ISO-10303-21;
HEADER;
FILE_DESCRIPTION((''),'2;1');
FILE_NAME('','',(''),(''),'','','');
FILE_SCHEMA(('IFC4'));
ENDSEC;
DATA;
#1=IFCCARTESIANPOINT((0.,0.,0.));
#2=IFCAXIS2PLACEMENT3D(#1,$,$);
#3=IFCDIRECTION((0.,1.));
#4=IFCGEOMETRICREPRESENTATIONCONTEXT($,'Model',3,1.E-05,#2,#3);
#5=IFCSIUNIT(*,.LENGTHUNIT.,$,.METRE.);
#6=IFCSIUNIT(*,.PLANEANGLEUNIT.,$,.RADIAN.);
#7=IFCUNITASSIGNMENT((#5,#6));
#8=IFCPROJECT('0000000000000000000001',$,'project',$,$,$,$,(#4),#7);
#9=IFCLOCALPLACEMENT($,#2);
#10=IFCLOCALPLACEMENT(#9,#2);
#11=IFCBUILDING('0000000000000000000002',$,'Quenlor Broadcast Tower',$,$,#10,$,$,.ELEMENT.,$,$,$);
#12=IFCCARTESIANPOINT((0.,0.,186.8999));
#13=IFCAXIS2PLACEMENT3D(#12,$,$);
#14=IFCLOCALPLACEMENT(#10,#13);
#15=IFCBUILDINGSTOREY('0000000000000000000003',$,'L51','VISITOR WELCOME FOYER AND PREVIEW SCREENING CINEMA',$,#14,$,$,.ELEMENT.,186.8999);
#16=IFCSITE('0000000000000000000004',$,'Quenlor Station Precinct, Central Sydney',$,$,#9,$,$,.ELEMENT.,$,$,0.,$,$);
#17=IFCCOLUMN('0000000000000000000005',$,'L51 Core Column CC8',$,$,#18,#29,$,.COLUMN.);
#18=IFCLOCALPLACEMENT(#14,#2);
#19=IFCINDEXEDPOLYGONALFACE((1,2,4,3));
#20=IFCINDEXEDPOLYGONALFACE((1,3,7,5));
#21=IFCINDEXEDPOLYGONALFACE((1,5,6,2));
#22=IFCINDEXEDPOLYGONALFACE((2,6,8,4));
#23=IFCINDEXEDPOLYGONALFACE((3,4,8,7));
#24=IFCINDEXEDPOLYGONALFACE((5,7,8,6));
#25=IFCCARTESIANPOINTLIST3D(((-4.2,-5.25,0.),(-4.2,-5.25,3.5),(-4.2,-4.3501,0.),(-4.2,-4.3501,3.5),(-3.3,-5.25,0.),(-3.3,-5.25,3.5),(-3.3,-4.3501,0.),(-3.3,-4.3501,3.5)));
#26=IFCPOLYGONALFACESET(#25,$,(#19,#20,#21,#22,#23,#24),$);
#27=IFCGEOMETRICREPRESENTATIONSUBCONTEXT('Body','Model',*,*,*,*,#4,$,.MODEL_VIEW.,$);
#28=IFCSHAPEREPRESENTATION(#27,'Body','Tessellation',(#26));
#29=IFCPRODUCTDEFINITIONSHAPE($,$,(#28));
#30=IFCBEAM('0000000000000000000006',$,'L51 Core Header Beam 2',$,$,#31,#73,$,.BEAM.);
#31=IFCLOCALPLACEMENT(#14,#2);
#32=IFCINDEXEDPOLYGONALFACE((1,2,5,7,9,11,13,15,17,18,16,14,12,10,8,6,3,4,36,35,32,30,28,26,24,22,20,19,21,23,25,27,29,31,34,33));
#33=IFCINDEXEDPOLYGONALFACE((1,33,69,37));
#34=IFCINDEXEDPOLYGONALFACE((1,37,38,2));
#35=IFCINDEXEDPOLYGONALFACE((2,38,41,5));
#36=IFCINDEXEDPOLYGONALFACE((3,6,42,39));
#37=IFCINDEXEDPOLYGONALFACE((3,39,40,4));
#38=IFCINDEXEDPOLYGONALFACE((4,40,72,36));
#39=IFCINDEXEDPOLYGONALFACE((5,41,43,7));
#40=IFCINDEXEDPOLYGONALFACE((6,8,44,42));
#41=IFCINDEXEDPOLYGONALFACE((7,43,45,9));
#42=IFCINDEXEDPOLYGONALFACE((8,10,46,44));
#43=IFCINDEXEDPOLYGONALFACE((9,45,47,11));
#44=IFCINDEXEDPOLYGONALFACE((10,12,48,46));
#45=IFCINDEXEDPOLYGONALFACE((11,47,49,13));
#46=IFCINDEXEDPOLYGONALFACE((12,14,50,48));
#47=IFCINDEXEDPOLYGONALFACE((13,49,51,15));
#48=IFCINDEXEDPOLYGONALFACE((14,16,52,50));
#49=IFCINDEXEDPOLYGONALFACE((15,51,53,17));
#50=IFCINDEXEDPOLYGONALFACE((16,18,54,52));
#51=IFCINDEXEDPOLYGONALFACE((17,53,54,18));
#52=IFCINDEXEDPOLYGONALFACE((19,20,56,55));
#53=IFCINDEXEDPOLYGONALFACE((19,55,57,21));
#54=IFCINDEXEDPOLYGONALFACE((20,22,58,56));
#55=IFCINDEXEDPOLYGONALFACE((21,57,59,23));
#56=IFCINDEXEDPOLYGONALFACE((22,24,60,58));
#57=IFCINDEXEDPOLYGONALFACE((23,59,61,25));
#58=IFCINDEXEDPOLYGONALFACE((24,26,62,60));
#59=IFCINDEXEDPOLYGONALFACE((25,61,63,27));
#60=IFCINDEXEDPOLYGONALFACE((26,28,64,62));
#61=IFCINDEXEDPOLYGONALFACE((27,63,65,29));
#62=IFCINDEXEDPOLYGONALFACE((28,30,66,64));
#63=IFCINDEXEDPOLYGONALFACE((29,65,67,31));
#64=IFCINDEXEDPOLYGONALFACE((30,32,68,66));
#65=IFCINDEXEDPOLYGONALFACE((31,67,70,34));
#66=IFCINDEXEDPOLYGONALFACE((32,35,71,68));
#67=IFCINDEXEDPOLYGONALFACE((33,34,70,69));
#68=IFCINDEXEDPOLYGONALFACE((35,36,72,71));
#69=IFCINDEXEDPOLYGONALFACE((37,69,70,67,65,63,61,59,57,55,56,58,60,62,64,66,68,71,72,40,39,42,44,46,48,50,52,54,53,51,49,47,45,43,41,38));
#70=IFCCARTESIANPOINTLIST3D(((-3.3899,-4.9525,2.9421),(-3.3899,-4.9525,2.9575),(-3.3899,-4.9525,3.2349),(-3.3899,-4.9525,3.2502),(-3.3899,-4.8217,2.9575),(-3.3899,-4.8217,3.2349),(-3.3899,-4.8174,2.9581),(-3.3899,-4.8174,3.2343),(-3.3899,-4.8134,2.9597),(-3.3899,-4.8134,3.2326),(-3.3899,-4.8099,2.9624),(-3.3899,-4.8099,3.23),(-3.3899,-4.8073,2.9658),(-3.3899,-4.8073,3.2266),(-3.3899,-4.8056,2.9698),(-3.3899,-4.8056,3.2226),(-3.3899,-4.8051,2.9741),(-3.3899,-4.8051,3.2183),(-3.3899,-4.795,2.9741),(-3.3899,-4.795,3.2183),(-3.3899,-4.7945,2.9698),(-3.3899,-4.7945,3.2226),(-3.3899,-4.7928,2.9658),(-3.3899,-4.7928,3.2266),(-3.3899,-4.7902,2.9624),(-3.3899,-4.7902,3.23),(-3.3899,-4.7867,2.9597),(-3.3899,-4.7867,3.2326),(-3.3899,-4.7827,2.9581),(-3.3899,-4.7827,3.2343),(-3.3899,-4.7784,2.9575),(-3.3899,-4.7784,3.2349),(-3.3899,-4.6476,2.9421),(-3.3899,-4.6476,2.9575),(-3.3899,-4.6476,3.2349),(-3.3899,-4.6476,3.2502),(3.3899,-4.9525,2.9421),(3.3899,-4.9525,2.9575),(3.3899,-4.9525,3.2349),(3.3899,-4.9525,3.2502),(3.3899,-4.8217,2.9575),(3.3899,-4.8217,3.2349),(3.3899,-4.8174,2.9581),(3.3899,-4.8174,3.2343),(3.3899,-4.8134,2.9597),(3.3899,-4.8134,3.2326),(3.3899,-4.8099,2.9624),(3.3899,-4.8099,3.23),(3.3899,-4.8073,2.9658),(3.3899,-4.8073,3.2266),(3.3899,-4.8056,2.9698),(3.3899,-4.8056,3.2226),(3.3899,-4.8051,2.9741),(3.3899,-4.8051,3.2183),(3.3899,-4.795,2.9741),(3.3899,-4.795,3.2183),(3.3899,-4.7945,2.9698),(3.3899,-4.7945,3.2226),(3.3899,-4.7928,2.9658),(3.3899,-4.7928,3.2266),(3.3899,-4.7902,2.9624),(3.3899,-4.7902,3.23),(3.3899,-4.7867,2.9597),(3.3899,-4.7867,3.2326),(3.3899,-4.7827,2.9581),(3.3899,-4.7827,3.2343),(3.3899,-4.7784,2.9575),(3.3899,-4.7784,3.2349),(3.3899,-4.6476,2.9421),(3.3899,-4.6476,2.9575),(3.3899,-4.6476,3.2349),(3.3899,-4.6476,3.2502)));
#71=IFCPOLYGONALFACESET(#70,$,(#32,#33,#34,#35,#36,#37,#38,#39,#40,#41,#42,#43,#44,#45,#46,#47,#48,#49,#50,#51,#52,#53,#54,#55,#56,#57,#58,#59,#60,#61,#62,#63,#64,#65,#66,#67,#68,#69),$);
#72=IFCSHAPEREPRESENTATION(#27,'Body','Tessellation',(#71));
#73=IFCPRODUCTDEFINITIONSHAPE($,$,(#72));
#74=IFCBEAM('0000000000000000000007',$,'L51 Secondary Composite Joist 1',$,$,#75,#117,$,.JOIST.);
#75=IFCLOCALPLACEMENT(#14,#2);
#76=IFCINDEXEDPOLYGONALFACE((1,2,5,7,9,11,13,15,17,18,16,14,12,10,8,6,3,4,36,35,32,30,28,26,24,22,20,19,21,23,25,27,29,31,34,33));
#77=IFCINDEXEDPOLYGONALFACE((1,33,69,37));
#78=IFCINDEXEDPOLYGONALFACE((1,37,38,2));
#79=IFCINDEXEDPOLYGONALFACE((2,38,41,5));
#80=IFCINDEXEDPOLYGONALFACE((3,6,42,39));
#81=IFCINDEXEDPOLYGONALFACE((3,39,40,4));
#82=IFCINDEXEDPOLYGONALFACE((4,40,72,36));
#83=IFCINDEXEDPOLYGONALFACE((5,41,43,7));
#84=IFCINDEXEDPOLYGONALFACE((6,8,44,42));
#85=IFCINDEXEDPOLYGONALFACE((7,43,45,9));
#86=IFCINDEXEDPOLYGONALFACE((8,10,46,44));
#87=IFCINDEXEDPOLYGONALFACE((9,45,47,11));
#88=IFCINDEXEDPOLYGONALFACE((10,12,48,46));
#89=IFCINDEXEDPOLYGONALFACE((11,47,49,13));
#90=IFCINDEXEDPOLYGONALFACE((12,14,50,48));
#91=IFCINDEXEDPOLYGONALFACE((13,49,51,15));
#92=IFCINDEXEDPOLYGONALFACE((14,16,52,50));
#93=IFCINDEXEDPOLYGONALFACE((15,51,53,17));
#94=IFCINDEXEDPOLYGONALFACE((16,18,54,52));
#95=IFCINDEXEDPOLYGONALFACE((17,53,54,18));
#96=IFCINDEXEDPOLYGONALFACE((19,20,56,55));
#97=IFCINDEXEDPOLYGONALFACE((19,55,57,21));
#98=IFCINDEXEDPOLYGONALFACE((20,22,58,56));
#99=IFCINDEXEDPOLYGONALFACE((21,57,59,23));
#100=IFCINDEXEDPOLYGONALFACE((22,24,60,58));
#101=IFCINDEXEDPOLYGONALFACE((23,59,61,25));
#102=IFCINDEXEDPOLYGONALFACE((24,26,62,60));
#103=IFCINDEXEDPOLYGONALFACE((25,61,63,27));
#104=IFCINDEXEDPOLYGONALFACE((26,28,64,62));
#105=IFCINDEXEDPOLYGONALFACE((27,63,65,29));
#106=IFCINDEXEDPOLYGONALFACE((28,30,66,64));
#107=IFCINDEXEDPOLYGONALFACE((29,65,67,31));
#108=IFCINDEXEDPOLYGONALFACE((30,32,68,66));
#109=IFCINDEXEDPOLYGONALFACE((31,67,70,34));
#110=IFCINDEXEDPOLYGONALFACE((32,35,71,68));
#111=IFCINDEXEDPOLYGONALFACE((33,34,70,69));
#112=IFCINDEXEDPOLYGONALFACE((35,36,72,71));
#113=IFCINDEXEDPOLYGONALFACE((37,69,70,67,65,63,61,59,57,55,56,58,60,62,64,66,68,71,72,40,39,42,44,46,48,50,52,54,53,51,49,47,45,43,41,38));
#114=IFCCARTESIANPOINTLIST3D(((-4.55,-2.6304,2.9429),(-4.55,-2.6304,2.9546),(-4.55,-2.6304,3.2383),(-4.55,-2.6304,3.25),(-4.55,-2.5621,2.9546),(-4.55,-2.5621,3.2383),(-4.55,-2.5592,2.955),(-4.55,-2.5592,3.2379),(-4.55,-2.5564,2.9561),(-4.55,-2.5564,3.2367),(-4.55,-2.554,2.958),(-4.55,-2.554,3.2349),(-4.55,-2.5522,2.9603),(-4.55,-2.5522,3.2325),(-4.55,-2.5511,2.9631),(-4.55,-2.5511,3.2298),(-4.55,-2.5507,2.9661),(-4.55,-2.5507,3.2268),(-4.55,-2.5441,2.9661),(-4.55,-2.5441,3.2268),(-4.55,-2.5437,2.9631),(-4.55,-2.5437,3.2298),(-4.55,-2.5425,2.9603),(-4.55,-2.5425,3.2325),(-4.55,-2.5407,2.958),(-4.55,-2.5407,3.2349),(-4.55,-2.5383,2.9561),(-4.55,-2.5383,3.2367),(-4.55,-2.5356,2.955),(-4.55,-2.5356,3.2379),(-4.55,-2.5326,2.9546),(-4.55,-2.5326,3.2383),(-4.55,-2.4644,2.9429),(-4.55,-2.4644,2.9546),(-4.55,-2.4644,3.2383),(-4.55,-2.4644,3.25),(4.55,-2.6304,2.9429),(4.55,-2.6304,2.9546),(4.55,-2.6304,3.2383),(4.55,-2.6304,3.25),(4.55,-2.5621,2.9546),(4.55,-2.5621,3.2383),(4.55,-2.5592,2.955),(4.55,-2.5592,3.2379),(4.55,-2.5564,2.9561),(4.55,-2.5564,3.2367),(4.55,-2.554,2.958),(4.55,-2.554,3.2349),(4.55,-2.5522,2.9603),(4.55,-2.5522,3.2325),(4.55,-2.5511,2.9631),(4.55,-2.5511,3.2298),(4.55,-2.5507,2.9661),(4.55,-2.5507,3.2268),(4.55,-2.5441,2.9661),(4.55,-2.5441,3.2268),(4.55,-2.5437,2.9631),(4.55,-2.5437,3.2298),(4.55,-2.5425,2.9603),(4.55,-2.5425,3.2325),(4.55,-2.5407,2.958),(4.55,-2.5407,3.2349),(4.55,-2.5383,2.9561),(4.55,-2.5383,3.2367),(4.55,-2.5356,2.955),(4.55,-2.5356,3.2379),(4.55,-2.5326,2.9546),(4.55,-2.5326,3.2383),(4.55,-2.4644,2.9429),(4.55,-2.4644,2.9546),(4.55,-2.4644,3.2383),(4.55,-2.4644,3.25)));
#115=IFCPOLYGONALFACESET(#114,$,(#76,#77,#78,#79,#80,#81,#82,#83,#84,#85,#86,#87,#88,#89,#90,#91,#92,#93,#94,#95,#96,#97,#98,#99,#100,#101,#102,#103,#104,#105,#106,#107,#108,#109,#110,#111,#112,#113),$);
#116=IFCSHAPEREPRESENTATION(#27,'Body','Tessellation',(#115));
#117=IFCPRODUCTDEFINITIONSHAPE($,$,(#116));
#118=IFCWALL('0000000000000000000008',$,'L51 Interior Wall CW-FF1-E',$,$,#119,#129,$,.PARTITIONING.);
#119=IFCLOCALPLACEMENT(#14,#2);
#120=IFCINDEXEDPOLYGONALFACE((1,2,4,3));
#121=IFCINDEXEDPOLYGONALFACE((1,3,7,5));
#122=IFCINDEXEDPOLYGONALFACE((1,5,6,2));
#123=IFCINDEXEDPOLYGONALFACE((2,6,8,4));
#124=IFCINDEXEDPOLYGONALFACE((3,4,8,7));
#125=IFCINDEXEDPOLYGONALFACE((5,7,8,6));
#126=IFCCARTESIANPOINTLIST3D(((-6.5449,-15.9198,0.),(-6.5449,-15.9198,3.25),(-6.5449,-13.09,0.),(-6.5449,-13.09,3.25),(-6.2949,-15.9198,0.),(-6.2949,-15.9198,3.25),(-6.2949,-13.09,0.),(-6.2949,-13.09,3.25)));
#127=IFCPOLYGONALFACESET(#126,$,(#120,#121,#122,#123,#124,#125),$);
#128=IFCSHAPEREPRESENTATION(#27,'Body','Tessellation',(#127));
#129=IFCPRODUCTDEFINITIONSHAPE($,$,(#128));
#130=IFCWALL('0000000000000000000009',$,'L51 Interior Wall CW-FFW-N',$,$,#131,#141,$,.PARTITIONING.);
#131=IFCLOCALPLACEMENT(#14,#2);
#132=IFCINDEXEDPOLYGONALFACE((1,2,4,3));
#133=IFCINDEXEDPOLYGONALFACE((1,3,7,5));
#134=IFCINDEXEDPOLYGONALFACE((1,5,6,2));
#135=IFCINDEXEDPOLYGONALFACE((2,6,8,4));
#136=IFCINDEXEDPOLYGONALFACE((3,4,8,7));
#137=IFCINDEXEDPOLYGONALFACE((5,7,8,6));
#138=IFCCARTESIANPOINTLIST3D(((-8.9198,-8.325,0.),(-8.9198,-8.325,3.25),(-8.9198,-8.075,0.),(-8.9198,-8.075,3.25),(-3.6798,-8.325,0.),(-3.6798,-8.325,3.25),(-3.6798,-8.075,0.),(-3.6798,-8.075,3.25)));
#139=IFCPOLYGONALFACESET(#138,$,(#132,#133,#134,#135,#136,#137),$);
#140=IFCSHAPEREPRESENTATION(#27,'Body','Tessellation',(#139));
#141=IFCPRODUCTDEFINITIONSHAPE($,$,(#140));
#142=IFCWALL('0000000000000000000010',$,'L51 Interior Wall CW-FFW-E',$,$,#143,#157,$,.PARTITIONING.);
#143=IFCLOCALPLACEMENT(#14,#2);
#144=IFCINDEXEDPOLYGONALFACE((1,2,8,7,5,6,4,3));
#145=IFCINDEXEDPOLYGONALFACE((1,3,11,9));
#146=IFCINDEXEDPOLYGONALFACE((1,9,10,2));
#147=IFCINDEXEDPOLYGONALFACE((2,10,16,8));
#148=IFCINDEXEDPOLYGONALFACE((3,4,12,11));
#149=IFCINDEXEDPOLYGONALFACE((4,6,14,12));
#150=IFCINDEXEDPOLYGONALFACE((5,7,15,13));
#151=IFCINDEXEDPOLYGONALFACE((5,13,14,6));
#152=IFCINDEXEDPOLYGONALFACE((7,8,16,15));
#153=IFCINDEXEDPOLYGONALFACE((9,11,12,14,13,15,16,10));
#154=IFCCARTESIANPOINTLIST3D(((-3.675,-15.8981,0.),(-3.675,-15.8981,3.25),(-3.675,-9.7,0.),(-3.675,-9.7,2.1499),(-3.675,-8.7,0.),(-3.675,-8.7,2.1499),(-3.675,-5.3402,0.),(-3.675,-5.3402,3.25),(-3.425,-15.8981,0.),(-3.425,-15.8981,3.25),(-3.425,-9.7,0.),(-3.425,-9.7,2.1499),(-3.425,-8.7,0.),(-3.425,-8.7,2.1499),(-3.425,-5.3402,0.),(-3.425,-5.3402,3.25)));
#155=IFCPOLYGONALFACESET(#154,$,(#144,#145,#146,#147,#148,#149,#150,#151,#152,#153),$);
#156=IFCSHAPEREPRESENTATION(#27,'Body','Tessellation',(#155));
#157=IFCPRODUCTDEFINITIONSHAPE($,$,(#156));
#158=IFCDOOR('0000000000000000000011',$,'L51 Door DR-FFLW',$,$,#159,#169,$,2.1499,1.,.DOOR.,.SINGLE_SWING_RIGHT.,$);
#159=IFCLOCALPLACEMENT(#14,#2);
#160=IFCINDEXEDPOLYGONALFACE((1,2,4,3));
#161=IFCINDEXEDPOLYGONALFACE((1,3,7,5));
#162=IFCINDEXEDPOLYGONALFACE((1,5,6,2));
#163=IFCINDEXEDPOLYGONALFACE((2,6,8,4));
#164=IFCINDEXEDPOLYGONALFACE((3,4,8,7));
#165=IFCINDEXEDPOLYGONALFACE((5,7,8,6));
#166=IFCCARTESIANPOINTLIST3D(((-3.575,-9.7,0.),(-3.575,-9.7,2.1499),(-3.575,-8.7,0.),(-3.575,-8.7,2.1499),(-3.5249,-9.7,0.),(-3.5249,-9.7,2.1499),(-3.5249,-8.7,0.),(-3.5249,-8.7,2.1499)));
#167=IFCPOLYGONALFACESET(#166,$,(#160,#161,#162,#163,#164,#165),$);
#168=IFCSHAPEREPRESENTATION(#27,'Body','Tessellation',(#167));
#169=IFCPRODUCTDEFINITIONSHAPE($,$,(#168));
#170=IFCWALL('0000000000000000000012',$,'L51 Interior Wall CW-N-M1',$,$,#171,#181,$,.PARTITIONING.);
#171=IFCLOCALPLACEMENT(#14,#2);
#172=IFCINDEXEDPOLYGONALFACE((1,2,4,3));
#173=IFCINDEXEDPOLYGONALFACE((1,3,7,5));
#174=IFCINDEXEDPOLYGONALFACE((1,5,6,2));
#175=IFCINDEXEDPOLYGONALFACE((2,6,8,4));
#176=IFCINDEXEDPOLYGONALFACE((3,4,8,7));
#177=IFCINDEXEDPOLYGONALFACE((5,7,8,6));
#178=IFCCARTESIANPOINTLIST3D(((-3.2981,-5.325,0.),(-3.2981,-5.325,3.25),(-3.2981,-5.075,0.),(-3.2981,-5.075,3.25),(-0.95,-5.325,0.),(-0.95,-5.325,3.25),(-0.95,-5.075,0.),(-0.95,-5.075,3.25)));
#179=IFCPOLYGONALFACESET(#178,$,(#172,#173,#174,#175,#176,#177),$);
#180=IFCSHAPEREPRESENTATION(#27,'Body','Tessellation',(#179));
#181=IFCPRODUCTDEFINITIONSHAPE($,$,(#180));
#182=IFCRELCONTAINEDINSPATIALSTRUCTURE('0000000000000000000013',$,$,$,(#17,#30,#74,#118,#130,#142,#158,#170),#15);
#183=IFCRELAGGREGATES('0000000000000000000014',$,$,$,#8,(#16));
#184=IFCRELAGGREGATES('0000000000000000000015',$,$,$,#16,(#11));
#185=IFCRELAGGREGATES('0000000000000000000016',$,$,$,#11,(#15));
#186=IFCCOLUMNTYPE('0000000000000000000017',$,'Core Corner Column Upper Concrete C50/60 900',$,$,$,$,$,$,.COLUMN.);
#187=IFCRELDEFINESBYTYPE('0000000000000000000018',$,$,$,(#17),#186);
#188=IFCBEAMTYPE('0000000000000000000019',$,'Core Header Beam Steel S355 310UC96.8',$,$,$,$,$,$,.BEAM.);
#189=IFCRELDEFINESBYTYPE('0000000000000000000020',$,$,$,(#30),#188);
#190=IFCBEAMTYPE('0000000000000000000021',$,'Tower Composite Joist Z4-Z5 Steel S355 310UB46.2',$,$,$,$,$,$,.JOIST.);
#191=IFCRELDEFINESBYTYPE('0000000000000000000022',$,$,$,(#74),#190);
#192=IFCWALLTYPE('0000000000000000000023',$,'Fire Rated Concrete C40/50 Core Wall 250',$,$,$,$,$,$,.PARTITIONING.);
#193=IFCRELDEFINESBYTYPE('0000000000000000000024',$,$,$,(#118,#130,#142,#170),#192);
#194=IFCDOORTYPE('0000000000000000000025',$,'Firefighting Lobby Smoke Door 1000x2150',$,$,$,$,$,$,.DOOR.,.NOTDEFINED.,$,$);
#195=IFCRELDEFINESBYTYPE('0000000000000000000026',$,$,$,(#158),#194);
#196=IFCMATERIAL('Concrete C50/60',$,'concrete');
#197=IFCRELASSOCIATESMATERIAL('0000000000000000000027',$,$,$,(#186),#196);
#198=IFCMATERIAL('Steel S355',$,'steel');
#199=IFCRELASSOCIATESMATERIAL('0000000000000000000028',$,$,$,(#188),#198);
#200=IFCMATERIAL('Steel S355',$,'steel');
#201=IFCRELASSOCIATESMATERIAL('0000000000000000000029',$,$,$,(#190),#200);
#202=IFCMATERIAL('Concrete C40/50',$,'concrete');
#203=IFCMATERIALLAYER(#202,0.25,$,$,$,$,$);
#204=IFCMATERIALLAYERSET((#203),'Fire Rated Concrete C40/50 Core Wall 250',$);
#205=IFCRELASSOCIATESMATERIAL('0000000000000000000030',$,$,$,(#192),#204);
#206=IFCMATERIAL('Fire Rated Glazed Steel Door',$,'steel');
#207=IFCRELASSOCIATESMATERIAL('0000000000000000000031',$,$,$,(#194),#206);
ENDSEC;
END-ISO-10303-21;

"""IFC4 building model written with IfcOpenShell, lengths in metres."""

from ifc_helpers import new_model, si_unit, direction, frame, frame_2d, origin, origin_2d, place, context, subcontext, project, spatial, rectangle, i_section, extrude, material, layer, layer_set, material_profile, profile_set, type_object, element, fill, save


model = new_model("IFC4")

# Units and contexts
model_context = context("Model", 3, precision=1e-05, world=origin(), true_north=direction((0.0, 1.0)))
body_context = subcontext(model_context, "Body", "Model", "MODEL_VIEW")
ifc_project = project(units=[si_unit("LENGTHUNIT", "METRE"), si_unit("PLANEANGLEUNIT", "RADIAN")], contexts=[model_context])

# Site, building, storey
site_placement = place(None, origin())
site = spatial("IfcSite", under=ifc_project, at=site_placement, Name="Quenlor Station Precinct, Central Sydney", CompositionType="ELEMENT", RefElevation=0.0)
building_placement = place(site_placement, origin())
building = spatial("IfcBuilding", under=site, at=building_placement, Name="Quenlor Broadcast Tower", CompositionType="ELEMENT")
storey_placement = place(building_placement, frame((0.0, 0.0, 186.8999)))
storey = spatial("IfcBuildingStorey", under=building, at=storey_placement, Name="L51", Description="VISITOR WELCOME FOYER AND PREVIEW SCREENING CINEMA", CompositionType="ELEMENT", Elevation=186.8999)

# Column
ifc_material_1 = material(Name="Concrete C50/60", Category="concrete")
ifc_material_profile_1 = material_profile(ifc_material_1, rectangle(XDim=0.8999, YDim=0.8999, at=origin_2d()))
ifc_profile_set_1 = profile_set([ifc_material_profile_1], Name="Concrete C50/60 RC900x900")
column_type = type_object("IfcColumnType", Name="Core Corner Column Upper Concrete C50/60 900", PredefinedType="COLUMN", material=ifc_profile_set_1)
column_placement = place(storey_placement, frame((-3.75, -4.8, 0.0), z_axis=(0.0, 0.0, 1.0), x_axis=(1.0, 0.0, 0.0)))
element("IfcColumn", 1, at=column_placement, inside=storey, type_object=column_type, Name="L51 Core Column CC8", PredefinedType="COLUMN", context=body_context, shape_type="SweptSolid", body=[
    extrude(rectangle(XDim=0.8999, YDim=0.8999, at=origin_2d()), origin(), (0.0, 0.0, 1.0), 3.5),
])

# Beams
ifc_material_2 = material(Name="Steel S355", Category="steel")
ifc_material_profile_2 = material_profile(ifc_material_2, i_section(OverallWidth=0.3049, OverallDepth=0.3081, WebThickness=0.01, FlangeThickness=0.0154, FilletRadius=0.0166, at=origin_2d()))
ifc_profile_set_2 = profile_set([ifc_material_profile_2], Name="Steel S355 310UC96.8")
beam_type_1 = type_object("IfcBeamType", Name="Core Header Beam Steel S355 310UC96.8", PredefinedType="BEAM", material=ifc_profile_set_2)
beam_1_placement = place(storey_placement, frame((-3.3899, -4.8, 3.0962), z_axis=(1.0, 0.0, 0.0), x_axis=(0.0, 1.0, 0.0)))
element("IfcBeam", 2, at=beam_1_placement, inside=storey, type_object=beam_type_1, Name="L51 Core Header Beam 2", PredefinedType="BEAM", context=body_context, shape_type="SweptSolid", body=[
    extrude(i_section(OverallWidth=0.3049, OverallDepth=0.3081, WebThickness=0.01, FlangeThickness=0.0154, FilletRadius=0.0166, at=origin_2d()), origin(), (0.0, 0.0, 1.0), 6.7798),
])
ifc_material_3 = material(Name="Steel S355", Category="steel")
ifc_material_profile_3 = material_profile(ifc_material_3, i_section(OverallWidth=0.166, OverallDepth=0.3071, WebThickness=0.0066, FlangeThickness=0.0117, FilletRadius=0.0115, at=origin_2d()))
ifc_profile_set_3 = profile_set([ifc_material_profile_3], Name="Steel S355 310UB46.2")
beam_type_2 = type_object("IfcBeamType", Name="Tower Composite Joist Z4-Z5 Steel S355 310UB46.2", PredefinedType="JOIST", material=ifc_profile_set_3)
beam_2_placement = place(storey_placement, frame((-4.55, -2.5474, 3.0964), z_axis=(1.0, 0.0, 0.0), x_axis=(0.0, 1.0, 0.0)))
element("IfcBeam", 3, at=beam_2_placement, inside=storey, type_object=beam_type_2, Name="L51 Secondary Composite Joist 1", PredefinedType="JOIST", context=body_context, shape_type="SweptSolid", body=[
    extrude(i_section(OverallWidth=0.166, OverallDepth=0.3071, WebThickness=0.0066, FlangeThickness=0.0117, FilletRadius=0.0115, at=origin_2d()), origin(), (0.0, 0.0, 1.0), 9.1001),
])

# Shared definitions
ifc_material_4 = material(Name="Concrete C40/50", Category="concrete")
ifc_layer_1 = layer(ifc_material_4, 0.25)
ifc_layer_set_1 = layer_set([ifc_layer_1], Name="Fire Rated Concrete C40/50 Core Wall 250")
wall_type_1 = type_object("IfcWallType", Name="Fire Rated Concrete C40/50 Core Wall 250", PredefinedType="PARTITIONING", material=ifc_layer_set_1)

# Walls
wall_1_placement = place(storey_placement, frame((-6.4199, -15.9199, 0.0), z_axis=(0.0, 0.0, 1.0), x_axis=(0.0, 1.0, 0.0)))
element("IfcWall", 4, at=wall_1_placement, inside=storey, type_object=wall_type_1, Name="L51 Interior Wall CW-FF1-E", PredefinedType="PARTITIONING", context=body_context, shape_type="SweptSolid", body=[
    extrude(rectangle(XDim=2.8298, YDim=0.25, at=frame_2d((1.415, 0.0))), origin(), (0.0, 0.0, 1.0), 3.25),
])
wall_2_placement = place(storey_placement, frame((-8.9199, -8.2, 0.0), z_axis=(0.0, 0.0, 1.0), x_axis=(1.0, 0.0, 0.0)))
element("IfcWall", 5, at=wall_2_placement, inside=storey, type_object=wall_type_1, Name="L51 Interior Wall CW-FFW-N", PredefinedType="PARTITIONING", context=body_context, shape_type="SweptSolid", body=[
    extrude(rectangle(XDim=5.24, YDim=0.25, at=frame_2d((2.6201, 0.0))), origin(), (0.0, 0.0, 1.0), 3.25),
])

# Wall, opening, door
wall_3_placement = place(storey_placement, frame((-3.55, -15.8979, 0.0), z_axis=(0.0, 0.0, 1.0), x_axis=(0.0, 1.0, 0.0)))
wall_3 = element("IfcWall", 6, at=wall_3_placement, inside=storey, type_object=wall_type_1, Name="L51 Interior Wall CW-FFW-E", PredefinedType="PARTITIONING", context=body_context, shape_type="SweptSolid", body=[
    extrude(rectangle(XDim=10.5579, YDim=0.25, at=frame_2d((5.2788, 0.0))), origin(), (0.0, 0.0, 1.0), 3.25),
])
opening_1_placement = place(wall_3_placement, frame((6.198, 0.0, 0.0)))
opening_1 = element("IfcOpeningElement", 7, at=opening_1_placement, cuts=wall_3, PredefinedType="OPENING", context=body_context, shape_type="SweptSolid", body=[
    extrude(rectangle(XDim=1.0, YDim=2.1499, at=frame_2d((0.5, 1.075))), frame((0.0, 0.135, 0.0), z_axis=(0.0, -1.0, 0.0), x_axis=(1.0, 0.0, 0.0)), (0.0, 0.0, 1.0), 0.27),
])
ifc_material_5 = material(Name="Fire Rated Glazed Steel Door", Category="steel")
door_type_1 = type_object("IfcDoorType", Name="Firefighting Lobby Smoke Door 1000x2150", OperationType="NOTDEFINED", PredefinedType="DOOR", material=ifc_material_5)
door_1_placement = place(opening_1_placement, origin())
door_1 = element("IfcDoor", 8, at=door_1_placement, inside=storey, type_object=door_type_1, Name="L51 Door DR-FFLW", OperationType="SINGLE_SWING_RIGHT", OverallHeight=2.1499, OverallWidth=1.0, PredefinedType="DOOR", context=body_context, shape_type="SweptSolid", body=[
    extrude(rectangle(XDim=1.0, YDim=2.1499, at=frame_2d((0.5, 1.075))), frame((0.0, 0.0249, 0.0), z_axis=(0.0, -1.0, 0.0), x_axis=(1.0, 0.0, 0.0)), (0.0, 0.0, 1.0), 0.05),
])
fill(opening_1, door_1)

# Wall
wall_4_placement = place(storey_placement, frame((-3.2981, -5.2, 0.0), z_axis=(0.0, 0.0, 1.0), x_axis=(1.0, 0.0, 0.0)))
element("IfcWall", 9, at=wall_4_placement, inside=storey, type_object=wall_type_1, Name="L51 Interior Wall CW-N-M1", PredefinedType="PARTITIONING", context=body_context, shape_type="SweptSolid", body=[
    extrude(rectangle(XDim=2.3481, YDim=0.25, at=frame_2d((1.1741, 0.0))), origin(), (0.0, 0.0, 1.0), 3.25),
])

save(model, "model.ifc")
